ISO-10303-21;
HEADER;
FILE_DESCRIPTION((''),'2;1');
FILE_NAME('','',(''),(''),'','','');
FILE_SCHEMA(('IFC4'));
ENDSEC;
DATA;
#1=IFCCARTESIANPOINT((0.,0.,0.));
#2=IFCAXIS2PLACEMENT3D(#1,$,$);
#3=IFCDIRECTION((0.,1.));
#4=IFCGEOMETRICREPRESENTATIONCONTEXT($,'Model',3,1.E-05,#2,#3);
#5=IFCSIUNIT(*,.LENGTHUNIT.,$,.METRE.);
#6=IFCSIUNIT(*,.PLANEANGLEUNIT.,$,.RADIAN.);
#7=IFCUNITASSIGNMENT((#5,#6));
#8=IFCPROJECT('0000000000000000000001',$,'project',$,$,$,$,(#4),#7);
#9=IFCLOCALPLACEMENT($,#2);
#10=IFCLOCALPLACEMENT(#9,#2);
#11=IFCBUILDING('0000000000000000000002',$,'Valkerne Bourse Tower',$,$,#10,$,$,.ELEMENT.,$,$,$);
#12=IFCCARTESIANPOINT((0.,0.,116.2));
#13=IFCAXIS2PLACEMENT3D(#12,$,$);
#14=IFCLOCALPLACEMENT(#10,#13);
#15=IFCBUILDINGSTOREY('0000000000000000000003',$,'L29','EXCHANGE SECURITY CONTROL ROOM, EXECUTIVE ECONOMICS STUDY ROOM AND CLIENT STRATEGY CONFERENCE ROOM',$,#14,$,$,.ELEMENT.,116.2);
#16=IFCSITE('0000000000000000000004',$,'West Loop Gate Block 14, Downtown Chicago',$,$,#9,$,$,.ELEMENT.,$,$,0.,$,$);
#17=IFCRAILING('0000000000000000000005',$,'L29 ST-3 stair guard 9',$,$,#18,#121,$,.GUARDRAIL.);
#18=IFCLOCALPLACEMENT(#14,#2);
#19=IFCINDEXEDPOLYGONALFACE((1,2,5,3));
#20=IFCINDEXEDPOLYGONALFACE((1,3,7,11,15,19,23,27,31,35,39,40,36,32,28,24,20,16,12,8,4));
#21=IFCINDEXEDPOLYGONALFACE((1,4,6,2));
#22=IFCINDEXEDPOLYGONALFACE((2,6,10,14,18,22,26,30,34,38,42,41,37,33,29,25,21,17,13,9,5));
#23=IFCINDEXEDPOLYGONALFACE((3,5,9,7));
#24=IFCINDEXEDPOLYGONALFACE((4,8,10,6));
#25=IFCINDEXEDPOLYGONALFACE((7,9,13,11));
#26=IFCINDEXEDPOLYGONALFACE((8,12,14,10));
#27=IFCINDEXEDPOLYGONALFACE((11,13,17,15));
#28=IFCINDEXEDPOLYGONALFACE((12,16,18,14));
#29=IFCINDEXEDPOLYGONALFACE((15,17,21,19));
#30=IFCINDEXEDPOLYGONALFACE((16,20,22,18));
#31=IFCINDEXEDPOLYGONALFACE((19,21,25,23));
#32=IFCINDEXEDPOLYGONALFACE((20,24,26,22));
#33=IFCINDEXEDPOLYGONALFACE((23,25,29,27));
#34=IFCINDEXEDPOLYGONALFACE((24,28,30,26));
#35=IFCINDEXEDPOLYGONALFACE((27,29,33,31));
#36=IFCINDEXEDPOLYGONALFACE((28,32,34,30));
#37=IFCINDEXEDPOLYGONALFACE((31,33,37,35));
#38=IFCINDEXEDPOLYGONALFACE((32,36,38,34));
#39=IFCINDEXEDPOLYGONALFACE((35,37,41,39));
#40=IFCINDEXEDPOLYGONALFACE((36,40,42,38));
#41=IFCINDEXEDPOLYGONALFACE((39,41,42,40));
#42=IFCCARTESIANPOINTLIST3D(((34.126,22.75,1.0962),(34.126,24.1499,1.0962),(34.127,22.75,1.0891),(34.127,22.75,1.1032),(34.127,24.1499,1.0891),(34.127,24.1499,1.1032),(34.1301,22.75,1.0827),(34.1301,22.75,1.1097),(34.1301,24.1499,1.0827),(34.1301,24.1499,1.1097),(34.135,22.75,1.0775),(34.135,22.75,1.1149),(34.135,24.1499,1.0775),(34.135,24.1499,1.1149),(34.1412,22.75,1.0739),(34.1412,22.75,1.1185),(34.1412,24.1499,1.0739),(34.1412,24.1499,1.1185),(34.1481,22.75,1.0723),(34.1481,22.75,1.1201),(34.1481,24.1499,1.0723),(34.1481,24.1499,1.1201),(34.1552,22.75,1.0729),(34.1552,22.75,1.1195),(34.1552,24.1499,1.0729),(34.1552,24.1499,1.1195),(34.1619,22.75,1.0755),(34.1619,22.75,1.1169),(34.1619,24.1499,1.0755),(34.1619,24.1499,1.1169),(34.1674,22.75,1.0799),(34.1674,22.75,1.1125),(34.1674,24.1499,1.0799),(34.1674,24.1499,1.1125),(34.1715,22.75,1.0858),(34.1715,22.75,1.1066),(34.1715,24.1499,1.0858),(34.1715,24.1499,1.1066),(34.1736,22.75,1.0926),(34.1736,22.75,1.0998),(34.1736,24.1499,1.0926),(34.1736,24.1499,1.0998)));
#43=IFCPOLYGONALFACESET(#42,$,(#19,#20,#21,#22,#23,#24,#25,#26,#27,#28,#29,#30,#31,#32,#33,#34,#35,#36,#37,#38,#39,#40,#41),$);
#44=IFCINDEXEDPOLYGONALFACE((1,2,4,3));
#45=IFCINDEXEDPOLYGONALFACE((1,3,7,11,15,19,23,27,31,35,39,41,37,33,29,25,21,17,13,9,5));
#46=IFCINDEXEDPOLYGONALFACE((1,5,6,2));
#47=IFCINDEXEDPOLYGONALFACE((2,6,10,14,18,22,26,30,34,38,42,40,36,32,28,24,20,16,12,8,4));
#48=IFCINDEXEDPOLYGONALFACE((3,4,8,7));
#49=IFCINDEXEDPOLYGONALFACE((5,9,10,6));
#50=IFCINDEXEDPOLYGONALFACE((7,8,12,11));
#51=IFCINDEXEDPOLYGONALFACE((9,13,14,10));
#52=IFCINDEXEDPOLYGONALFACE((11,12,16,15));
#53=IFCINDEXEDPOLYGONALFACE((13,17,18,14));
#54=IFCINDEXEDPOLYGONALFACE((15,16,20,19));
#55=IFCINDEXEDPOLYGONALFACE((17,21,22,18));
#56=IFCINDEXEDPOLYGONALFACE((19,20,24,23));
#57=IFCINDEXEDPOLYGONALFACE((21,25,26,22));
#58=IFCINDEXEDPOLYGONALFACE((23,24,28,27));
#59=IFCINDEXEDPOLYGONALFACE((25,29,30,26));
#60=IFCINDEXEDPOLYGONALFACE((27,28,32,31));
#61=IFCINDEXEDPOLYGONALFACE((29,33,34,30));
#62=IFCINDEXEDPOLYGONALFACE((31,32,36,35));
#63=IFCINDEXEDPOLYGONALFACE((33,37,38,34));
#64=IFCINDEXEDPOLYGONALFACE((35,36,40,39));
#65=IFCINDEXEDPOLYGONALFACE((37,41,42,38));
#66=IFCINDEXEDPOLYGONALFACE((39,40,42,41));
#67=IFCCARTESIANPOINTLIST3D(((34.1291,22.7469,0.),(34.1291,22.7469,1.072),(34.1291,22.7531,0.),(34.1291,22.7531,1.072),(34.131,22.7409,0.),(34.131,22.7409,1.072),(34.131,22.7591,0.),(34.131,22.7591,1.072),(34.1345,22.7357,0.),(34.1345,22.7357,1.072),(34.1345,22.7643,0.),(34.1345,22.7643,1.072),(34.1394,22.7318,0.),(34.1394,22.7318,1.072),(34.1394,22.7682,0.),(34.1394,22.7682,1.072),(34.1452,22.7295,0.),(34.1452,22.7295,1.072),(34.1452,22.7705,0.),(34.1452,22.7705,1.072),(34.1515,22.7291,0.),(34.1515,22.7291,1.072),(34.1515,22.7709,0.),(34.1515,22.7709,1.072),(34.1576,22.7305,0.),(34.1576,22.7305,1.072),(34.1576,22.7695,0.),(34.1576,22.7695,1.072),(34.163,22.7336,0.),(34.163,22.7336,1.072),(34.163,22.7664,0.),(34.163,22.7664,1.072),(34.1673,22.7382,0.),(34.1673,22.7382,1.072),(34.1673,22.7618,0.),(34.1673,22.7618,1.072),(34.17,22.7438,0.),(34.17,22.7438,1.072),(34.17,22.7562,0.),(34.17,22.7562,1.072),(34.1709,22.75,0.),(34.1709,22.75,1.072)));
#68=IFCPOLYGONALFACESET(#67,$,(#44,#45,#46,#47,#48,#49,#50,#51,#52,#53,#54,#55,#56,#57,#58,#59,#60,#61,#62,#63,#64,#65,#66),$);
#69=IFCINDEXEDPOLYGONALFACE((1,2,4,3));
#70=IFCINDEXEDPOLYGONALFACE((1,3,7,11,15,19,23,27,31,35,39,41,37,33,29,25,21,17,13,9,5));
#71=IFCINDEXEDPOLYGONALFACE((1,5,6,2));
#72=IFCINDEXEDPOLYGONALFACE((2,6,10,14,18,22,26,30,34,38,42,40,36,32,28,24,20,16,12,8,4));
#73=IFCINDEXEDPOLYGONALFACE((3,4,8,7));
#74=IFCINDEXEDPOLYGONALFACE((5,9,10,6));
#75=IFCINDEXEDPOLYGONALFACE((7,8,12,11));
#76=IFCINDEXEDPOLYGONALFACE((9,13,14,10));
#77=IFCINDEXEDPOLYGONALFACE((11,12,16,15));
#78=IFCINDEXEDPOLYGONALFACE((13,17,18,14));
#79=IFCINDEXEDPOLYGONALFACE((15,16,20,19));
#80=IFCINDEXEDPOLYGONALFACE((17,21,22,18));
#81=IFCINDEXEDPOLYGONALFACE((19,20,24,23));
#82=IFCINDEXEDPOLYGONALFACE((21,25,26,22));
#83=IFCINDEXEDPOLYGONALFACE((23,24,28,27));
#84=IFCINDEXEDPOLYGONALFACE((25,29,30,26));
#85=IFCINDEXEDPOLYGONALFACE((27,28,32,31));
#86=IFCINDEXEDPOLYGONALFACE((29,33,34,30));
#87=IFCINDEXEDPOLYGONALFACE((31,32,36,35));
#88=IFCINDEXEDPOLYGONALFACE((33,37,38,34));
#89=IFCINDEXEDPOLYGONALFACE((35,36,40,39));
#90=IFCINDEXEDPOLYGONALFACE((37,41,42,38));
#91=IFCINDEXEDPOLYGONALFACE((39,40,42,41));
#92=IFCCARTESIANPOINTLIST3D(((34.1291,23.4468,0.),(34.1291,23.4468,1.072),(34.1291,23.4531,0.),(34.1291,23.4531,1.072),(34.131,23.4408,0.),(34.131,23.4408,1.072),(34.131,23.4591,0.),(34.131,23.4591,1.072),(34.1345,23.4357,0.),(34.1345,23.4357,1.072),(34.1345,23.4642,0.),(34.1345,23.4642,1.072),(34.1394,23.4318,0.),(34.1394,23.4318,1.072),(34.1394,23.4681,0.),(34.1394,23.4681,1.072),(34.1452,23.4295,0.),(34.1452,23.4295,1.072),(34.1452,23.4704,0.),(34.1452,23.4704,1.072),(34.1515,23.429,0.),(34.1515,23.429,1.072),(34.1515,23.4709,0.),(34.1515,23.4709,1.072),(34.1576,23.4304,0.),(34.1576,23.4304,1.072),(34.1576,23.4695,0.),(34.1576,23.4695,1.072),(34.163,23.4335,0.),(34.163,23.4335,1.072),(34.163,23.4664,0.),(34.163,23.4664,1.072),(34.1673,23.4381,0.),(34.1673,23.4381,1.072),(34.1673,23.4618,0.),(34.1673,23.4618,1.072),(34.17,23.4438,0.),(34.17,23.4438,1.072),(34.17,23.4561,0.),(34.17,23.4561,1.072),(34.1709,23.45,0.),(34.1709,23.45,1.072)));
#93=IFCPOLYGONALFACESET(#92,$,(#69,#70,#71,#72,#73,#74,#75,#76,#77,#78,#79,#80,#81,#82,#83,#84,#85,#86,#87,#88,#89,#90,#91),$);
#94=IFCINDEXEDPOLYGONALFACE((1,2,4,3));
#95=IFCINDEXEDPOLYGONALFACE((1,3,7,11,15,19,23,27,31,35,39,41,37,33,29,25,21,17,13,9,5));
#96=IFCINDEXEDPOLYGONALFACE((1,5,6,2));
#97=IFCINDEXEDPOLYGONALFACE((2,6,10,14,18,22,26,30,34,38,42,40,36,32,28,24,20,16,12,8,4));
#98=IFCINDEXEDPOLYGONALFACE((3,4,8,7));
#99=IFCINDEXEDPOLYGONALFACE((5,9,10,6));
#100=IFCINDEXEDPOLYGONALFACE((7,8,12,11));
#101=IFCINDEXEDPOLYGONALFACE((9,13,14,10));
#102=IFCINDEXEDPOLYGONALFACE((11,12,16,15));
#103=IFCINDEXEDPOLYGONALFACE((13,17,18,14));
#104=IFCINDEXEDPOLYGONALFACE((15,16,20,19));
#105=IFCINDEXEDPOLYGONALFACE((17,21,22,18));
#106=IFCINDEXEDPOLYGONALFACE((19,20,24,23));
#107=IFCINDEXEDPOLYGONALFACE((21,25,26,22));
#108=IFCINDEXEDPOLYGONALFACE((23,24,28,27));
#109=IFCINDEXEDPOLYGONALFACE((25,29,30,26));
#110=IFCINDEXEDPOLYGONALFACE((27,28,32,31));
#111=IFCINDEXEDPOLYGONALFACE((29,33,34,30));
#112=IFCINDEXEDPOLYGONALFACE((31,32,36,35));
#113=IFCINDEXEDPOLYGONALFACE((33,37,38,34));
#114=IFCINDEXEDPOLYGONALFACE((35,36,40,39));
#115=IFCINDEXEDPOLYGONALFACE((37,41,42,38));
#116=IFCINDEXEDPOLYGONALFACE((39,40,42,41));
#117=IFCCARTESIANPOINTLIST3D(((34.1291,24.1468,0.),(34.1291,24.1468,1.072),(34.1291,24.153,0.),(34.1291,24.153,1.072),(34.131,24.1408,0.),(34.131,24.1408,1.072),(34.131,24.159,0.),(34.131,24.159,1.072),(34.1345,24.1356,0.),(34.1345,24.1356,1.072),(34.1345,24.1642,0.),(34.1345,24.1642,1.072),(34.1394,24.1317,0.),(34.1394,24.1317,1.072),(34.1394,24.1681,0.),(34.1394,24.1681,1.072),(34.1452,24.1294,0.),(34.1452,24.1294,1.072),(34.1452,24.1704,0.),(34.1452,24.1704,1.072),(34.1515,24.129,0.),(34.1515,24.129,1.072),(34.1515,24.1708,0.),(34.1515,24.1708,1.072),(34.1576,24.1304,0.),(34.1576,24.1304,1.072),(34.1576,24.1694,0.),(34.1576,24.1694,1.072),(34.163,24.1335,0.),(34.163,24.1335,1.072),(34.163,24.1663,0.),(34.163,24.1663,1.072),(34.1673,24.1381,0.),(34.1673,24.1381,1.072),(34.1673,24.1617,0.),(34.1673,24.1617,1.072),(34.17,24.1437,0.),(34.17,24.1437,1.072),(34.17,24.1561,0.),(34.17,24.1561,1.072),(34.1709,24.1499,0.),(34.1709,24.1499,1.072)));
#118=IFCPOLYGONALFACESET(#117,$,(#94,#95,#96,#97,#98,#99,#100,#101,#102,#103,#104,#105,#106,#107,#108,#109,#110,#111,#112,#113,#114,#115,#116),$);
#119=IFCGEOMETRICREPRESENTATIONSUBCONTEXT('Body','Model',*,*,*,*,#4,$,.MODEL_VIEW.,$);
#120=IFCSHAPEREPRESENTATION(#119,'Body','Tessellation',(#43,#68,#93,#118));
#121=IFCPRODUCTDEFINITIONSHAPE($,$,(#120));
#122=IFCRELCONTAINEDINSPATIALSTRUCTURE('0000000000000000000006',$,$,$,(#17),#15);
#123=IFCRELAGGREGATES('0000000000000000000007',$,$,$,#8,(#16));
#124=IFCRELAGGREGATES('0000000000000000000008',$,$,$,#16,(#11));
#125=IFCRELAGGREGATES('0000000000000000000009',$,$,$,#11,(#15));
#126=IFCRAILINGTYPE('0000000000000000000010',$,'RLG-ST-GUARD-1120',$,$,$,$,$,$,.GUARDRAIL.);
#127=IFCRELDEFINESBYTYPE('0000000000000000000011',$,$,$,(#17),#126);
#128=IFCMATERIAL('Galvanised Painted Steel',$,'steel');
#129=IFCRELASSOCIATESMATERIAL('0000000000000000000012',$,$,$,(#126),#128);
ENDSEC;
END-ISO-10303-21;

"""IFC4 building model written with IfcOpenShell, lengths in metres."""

from ifc_helpers import new_model, si_unit, direction, frame, origin, origin_2d, place, context, subcontext, project, spatial, circle, extrude, material, type_object, element, save


model = new_model("IFC4")

# Units and contexts
model_context = context("Model", 3, precision=1e-05, world=origin(), true_north=direction((0.0, 1.0)))
body_context = subcontext(model_context, "Body", "Model", "MODEL_VIEW")
ifc_project = project(units=[si_unit("LENGTHUNIT", "METRE"), si_unit("PLANEANGLEUNIT", "RADIAN")], contexts=[model_context])

# Site, building, storey
site_placement = place(None, origin())
site = spatial("IfcSite", under=ifc_project, at=site_placement, Name="West Loop Gate Block 14, Downtown Chicago", CompositionType="ELEMENT", RefElevation=0.0)
building_placement = place(site_placement, origin())
building = spatial("IfcBuilding", under=site, at=building_placement, Name="Valkerne Bourse Tower", CompositionType="ELEMENT")
storey_placement = place(building_placement, frame((0.0, 0.0, 116.2)))
storey = spatial("IfcBuildingStorey", under=building, at=storey_placement, Name="L29", Description="EXCHANGE SECURITY CONTROL ROOM, EXECUTIVE ECONOMICS STUDY ROOM AND CLIENT STRATEGY CONFERENCE ROOM", CompositionType="ELEMENT", Elevation=116.2)

# Railing
ifc_material_1 = material(Name="Galvanised Painted Steel", Category="steel")
railing_type_1 = type_object("IfcRailingType", Name="RLG-ST-GUARD-1120", PredefinedType="GUARDRAIL", material=ifc_material_1)
for number, where, name in (
    (1, (34.1499, 22.75, 0.0), "L29 ST-3 stair guard 9"),
):
    element("IfcRailing", number, at=place(storey_placement, frame(where)), inside=storey, type_object=railing_type_1, Name=name, PredefinedType="GUARDRAIL", context=body_context, shape_type="SweptSolid", body=[
        extrude(circle(Radius=0.0239, at=origin_2d()), frame((0.0, 0.0, 1.0962), z_axis=(0.0, 1.0, 0.0), x_axis=(-1.0, 0.0, 0.0)), (0.0, 0.0, 1.0), 1.3999),
        extrude(circle(Radius=0.021, at=origin_2d()), origin(), (0.0, 0.0, 1.0), 1.072),
        extrude(circle(Radius=0.021, at=origin_2d()), frame((0.0, 0.7, 0.0)), (0.0, 0.0, 1.0), 1.072),
        extrude(circle(Radius=0.021, at=origin_2d()), frame((0.0, 1.3999, 0.0)), (0.0, 0.0, 1.0), 1.072),
    ])

save(model, "model.ifc")
